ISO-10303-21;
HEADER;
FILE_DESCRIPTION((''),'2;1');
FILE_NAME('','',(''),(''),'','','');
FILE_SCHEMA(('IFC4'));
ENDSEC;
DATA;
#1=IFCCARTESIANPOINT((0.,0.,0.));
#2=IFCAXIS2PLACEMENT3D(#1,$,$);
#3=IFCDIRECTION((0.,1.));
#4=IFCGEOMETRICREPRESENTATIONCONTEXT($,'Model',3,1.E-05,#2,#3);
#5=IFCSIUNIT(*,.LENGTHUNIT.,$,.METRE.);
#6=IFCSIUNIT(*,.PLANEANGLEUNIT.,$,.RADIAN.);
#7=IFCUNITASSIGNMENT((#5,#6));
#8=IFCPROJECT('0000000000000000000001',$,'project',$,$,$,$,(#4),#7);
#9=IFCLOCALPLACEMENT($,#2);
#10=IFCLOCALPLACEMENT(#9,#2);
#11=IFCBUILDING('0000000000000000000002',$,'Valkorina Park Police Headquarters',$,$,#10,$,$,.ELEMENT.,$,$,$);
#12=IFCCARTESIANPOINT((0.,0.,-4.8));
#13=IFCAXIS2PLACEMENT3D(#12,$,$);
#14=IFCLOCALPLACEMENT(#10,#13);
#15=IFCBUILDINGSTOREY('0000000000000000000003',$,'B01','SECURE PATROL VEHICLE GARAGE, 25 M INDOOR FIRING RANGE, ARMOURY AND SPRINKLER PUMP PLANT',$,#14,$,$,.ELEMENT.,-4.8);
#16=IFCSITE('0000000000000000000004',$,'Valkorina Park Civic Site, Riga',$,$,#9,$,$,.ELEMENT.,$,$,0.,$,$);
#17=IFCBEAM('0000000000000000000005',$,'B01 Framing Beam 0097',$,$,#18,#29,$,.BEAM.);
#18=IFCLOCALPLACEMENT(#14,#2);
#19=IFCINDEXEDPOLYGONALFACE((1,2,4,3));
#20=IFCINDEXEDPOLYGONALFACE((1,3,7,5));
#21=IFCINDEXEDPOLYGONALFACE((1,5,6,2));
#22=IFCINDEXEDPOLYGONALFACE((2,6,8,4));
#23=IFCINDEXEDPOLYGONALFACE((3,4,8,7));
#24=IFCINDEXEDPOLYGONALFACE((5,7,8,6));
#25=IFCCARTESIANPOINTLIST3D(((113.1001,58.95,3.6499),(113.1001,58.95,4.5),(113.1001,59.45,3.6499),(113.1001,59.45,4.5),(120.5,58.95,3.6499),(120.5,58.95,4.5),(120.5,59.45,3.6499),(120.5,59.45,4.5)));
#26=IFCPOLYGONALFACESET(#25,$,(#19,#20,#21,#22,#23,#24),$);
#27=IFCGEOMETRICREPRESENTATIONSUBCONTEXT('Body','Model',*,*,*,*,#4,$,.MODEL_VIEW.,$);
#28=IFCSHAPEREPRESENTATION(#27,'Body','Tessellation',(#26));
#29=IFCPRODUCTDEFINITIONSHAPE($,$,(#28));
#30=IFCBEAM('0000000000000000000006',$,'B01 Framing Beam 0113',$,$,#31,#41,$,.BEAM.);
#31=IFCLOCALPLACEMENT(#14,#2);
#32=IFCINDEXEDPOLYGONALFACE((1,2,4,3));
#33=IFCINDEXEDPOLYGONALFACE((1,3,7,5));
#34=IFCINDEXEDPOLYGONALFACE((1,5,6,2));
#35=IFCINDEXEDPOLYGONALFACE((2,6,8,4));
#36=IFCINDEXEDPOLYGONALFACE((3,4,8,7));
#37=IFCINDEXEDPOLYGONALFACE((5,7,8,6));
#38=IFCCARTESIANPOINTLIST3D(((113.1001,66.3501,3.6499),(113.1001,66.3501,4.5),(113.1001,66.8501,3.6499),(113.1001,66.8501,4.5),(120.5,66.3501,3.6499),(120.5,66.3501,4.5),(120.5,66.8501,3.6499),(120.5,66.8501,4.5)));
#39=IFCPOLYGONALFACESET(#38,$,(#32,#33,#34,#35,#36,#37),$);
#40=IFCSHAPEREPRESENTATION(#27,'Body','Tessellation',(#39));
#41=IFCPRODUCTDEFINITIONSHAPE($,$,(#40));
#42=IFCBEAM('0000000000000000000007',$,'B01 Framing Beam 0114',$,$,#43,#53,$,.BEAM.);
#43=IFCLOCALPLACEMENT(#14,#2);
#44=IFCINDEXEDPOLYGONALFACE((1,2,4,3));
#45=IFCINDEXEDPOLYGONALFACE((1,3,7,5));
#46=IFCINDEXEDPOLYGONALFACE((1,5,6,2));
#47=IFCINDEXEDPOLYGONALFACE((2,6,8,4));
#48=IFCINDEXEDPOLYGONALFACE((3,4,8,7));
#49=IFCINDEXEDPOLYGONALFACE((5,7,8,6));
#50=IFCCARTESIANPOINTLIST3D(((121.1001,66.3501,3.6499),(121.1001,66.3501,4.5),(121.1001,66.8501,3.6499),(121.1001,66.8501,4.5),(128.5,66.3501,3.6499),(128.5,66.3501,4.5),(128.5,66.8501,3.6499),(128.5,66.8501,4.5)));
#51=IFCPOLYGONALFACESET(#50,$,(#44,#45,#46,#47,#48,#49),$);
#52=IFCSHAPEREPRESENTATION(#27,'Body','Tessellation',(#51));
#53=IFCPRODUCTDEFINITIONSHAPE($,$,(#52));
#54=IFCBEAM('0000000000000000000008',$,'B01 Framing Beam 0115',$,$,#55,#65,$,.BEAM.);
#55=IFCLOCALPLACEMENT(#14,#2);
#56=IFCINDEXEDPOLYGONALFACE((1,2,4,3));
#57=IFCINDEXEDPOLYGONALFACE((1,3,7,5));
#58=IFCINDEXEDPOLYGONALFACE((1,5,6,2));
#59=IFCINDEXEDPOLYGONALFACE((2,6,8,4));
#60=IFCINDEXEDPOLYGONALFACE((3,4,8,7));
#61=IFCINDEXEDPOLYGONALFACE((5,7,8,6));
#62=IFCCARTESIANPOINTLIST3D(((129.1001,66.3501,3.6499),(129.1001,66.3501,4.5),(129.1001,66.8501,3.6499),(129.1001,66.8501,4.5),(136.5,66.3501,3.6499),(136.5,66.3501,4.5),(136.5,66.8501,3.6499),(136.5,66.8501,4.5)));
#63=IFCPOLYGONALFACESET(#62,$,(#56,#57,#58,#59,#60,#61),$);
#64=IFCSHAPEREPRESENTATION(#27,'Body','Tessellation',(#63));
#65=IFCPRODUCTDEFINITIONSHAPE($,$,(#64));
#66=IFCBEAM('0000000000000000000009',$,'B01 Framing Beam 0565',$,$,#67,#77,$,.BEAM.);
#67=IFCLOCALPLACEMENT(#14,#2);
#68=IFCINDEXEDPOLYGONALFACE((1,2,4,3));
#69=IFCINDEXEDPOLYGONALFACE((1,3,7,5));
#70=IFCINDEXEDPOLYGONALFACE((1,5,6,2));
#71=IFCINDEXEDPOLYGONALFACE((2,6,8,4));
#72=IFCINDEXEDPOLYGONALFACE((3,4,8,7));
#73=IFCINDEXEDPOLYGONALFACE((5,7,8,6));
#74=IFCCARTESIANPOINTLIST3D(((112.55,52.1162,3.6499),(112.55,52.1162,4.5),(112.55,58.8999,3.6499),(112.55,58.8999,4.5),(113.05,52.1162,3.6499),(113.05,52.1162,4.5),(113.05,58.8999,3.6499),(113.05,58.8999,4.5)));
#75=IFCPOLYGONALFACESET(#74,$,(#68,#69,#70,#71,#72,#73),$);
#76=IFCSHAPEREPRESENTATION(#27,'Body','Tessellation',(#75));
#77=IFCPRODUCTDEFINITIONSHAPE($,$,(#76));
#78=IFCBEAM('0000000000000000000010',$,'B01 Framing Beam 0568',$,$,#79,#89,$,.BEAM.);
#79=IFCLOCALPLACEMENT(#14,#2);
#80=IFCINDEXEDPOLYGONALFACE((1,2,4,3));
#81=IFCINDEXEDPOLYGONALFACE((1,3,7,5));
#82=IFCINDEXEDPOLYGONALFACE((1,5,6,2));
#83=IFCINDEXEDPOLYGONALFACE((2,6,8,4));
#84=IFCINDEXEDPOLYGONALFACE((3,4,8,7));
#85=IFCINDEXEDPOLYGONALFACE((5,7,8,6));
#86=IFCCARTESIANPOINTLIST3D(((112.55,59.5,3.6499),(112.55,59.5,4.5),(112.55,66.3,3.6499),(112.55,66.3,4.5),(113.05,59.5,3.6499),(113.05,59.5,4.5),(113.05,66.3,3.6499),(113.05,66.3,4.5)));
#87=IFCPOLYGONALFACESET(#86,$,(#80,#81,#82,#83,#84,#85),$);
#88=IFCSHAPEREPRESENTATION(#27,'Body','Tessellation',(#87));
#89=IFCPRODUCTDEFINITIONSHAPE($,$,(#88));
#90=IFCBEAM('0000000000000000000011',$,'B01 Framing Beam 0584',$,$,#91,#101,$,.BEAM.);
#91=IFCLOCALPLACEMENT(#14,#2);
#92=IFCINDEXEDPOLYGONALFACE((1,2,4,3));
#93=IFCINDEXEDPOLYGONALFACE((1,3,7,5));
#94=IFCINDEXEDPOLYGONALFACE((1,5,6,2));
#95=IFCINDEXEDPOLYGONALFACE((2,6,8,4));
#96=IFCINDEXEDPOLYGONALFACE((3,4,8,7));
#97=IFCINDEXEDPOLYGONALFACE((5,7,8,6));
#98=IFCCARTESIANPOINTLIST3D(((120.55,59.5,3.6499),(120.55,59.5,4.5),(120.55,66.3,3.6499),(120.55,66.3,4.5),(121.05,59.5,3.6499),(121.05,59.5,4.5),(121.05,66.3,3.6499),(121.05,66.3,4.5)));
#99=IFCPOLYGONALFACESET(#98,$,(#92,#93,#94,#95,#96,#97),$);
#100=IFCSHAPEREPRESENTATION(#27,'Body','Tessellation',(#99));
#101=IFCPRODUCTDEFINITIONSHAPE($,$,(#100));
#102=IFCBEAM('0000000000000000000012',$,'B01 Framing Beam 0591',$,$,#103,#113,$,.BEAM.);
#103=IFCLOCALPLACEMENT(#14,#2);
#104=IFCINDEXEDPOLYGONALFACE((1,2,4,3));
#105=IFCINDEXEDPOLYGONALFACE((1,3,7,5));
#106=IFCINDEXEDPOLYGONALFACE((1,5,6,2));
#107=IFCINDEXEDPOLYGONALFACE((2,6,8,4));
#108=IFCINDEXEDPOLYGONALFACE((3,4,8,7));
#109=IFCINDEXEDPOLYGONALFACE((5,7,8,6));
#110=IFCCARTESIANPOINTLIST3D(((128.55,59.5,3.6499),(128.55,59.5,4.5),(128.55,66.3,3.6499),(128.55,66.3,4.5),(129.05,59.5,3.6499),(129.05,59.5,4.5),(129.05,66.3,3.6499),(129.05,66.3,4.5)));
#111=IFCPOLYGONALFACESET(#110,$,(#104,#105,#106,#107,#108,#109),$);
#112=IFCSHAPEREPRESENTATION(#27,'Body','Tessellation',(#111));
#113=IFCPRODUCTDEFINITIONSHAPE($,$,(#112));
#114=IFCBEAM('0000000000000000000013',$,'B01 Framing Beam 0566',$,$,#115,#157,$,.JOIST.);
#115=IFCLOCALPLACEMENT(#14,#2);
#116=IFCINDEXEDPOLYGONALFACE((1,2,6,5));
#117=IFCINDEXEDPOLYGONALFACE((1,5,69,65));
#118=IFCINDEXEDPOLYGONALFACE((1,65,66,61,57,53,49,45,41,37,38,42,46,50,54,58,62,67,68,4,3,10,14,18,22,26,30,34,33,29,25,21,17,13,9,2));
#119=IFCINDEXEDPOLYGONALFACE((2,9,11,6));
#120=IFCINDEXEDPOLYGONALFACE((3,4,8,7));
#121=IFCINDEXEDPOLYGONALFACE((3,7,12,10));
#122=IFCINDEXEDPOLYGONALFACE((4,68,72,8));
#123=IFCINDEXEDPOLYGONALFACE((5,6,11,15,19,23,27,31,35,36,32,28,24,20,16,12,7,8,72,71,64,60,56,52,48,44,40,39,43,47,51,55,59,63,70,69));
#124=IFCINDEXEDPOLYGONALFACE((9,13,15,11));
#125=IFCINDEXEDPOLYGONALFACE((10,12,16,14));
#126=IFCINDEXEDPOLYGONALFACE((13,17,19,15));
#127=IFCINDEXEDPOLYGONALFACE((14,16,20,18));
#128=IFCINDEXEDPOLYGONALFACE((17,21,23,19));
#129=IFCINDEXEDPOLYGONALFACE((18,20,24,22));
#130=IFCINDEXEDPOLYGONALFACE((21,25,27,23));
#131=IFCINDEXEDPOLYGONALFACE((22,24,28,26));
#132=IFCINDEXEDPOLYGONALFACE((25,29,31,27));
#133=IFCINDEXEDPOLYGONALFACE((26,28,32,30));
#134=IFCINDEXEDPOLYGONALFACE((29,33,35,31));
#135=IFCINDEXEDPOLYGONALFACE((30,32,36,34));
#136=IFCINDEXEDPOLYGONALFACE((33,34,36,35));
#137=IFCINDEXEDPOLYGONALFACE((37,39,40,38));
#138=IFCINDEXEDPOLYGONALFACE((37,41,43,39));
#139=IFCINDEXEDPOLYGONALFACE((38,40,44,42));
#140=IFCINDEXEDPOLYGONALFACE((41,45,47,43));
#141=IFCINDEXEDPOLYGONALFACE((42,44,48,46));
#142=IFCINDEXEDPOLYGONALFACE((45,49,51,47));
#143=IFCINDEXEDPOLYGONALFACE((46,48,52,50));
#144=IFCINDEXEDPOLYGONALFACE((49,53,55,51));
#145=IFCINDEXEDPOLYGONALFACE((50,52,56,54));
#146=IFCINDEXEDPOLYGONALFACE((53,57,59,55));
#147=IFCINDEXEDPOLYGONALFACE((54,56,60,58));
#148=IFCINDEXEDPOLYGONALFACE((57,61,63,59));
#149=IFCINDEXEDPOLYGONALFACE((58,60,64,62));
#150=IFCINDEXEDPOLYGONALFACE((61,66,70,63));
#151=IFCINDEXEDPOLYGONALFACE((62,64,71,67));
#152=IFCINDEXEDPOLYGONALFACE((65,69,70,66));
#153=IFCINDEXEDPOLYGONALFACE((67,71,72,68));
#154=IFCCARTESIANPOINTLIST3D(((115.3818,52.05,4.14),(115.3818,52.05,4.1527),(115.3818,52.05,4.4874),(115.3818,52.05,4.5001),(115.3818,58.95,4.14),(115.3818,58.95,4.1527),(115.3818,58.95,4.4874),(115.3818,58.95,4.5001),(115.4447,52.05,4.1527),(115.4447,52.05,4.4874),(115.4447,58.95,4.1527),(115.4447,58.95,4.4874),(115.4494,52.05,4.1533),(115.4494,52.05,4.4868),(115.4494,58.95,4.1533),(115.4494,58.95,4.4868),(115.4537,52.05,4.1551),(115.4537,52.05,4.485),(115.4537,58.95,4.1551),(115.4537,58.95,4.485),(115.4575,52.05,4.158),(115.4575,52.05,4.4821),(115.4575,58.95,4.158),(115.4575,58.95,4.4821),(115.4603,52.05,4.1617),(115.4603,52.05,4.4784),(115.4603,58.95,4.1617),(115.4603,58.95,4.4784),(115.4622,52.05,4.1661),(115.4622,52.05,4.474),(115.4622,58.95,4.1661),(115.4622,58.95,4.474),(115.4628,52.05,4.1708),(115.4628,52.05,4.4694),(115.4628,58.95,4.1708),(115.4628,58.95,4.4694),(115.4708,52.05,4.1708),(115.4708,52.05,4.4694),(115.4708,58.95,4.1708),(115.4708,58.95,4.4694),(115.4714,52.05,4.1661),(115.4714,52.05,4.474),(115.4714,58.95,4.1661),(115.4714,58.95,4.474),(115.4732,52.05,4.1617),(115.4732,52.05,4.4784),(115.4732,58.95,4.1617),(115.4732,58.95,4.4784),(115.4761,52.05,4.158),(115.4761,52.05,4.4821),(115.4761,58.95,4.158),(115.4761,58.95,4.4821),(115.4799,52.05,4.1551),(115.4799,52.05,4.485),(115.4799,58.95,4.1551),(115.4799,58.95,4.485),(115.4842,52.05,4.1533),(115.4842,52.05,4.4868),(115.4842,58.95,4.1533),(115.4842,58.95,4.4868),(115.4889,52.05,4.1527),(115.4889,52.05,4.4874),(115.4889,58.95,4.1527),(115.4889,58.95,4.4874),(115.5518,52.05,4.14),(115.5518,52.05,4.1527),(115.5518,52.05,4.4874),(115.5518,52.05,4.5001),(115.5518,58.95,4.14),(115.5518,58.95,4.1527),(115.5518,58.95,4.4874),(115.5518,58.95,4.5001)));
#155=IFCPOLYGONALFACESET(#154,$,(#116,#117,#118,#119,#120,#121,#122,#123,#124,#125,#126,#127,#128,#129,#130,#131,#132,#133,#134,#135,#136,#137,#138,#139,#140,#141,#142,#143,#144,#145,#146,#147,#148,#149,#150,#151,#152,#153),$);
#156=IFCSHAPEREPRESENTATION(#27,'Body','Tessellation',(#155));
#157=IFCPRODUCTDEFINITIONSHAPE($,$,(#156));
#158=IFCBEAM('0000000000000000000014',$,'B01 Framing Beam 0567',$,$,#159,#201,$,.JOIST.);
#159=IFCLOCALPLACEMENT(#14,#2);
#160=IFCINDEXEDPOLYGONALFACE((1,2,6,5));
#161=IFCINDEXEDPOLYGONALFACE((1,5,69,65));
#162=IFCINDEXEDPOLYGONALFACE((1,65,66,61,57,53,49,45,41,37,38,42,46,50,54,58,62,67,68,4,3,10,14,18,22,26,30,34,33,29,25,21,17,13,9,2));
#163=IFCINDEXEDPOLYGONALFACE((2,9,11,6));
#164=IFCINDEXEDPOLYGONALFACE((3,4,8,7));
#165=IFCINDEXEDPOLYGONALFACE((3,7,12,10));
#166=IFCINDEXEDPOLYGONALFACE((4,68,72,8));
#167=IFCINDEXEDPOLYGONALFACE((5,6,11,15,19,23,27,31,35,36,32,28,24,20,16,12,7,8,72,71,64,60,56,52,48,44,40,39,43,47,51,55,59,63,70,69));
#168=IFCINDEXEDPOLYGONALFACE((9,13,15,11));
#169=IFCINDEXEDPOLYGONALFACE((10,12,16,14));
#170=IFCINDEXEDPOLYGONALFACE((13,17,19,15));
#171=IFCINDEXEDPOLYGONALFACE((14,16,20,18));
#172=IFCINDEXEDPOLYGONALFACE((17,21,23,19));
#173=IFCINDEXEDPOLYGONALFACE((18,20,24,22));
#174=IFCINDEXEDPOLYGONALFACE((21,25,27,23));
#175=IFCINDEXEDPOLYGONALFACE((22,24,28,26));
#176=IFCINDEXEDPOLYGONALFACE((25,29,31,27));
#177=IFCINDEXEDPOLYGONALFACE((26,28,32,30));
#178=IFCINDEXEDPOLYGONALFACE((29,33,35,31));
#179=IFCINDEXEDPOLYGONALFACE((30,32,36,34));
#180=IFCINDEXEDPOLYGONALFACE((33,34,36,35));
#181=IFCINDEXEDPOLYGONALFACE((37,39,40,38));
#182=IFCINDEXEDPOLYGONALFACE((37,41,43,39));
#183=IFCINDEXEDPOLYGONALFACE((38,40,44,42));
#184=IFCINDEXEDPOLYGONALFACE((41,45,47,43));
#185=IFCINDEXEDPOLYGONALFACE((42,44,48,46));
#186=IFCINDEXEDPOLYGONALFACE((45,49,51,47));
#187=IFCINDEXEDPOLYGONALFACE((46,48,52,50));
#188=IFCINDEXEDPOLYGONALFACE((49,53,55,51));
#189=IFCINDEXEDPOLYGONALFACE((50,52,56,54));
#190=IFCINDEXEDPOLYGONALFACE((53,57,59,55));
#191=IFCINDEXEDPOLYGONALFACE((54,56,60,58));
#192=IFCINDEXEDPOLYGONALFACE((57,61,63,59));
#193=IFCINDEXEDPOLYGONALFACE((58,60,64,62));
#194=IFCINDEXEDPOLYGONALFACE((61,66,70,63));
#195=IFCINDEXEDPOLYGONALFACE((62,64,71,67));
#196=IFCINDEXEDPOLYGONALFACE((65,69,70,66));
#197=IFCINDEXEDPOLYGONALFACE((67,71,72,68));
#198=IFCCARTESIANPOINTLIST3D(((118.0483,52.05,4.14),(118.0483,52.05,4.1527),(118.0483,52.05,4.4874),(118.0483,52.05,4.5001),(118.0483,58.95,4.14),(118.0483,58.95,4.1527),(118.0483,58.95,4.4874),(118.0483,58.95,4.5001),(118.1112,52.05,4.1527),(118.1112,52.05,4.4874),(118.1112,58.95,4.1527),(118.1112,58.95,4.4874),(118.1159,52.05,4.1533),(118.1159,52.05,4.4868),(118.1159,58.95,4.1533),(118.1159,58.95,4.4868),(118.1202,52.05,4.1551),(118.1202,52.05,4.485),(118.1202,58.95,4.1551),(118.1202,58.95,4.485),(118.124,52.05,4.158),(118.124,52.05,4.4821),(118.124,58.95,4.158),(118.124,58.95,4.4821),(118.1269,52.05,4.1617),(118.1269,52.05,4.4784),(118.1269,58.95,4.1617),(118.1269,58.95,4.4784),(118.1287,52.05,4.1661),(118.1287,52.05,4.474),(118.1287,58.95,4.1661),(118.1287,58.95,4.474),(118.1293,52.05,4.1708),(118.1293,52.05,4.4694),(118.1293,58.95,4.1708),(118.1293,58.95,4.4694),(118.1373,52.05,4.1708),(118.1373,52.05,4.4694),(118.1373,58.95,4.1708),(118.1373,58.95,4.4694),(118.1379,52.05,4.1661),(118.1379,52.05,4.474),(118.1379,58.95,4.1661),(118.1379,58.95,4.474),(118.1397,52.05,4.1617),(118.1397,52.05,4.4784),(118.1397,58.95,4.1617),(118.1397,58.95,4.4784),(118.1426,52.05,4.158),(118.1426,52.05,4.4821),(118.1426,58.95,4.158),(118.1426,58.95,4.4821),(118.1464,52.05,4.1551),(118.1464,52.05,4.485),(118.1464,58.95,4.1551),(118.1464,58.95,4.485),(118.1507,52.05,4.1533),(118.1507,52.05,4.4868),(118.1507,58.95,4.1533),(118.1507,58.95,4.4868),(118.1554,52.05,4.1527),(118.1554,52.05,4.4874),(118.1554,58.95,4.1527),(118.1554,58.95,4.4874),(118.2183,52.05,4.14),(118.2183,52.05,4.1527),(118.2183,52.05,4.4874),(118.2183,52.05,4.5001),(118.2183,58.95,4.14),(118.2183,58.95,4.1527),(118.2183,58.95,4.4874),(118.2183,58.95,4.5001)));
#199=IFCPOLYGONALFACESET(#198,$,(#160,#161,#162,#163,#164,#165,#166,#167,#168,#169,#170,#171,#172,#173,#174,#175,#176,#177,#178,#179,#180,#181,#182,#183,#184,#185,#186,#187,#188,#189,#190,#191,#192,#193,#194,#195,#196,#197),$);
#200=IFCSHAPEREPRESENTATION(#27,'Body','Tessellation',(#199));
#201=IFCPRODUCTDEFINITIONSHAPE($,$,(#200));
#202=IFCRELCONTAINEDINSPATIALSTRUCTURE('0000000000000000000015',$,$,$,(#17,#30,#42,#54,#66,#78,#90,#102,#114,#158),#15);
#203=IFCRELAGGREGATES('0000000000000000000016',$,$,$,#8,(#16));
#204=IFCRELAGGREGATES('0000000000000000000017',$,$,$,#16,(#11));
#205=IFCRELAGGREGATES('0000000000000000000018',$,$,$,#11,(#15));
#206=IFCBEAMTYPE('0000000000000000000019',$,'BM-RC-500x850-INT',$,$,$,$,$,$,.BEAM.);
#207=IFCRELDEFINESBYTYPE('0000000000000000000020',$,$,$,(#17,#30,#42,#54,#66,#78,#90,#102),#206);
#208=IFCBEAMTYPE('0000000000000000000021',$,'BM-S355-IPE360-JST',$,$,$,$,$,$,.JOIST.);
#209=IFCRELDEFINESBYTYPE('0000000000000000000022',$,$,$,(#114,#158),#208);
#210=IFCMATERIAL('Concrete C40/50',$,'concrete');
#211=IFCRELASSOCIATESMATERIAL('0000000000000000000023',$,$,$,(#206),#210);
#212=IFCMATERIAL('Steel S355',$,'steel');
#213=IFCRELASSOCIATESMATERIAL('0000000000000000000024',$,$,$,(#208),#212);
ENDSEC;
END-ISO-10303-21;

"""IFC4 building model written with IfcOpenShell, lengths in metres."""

from ifc_helpers import new_model, si_unit, direction, frame, origin, origin_2d, place, context, subcontext, project, spatial, rectangle, i_section, extrude, material, material_profile, profile_set, type_object, element, save


model = new_model("IFC4")

# Units and contexts
model_context = context("Model", 3, precision=1e-05, world=origin(), true_north=direction((0.0, 1.0)))
body_context = subcontext(model_context, "Body", "Model", "MODEL_VIEW")
ifc_project = project(units=[si_unit("LENGTHUNIT", "METRE"), si_unit("PLANEANGLEUNIT", "RADIAN")], contexts=[model_context])

# Site, building, storey
site_placement = place(None, origin())
site = spatial("IfcSite", under=ifc_project, at=site_placement, Name="Valkorina Park Civic Site, Riga", CompositionType="ELEMENT", RefElevation=0.0)
building_placement = place(site_placement, origin())
building = spatial("IfcBuilding", under=site, at=building_placement, Name="Valkorina Park Police Headquarters", CompositionType="ELEMENT")
storey_placement = place(building_placement, frame((0.0, 0.0, -4.8)))
storey = spatial("IfcBuildingStorey", under=building, at=storey_placement, Name="B01", Description="SECURE PATROL VEHICLE GARAGE, 25 M INDOOR FIRING RANGE, ARMOURY AND SPRINKLER PUMP PLANT", CompositionType="ELEMENT", Elevation=-4.8)

# Shared definitions
ifc_material_1 = material(Name="Concrete C40/50", Category="concrete")

# Beams
ifc_material_profile_1 = material_profile(ifc_material_1, rectangle(XDim=0.5, YDim=0.8501, at=origin_2d()), Name="RC BEAM 500x850")
ifc_profile_set_1 = profile_set([ifc_material_profile_1], Name="Concrete C40/50")
beam_type_1 = type_object("IfcBeamType", Name="BM-RC-500x850-INT", PredefinedType="BEAM", material=ifc_profile_set_1)
for number, where, z_axis, x_axis, name in (
    (1, (113.1001, 59.2, 4.075), (1.0, 0.0, 0.0), (0.0, 1.0, 0.0), "B01 Framing Beam 0097"),
    (2, (113.1001, 66.6001, 4.075), (1.0, 0.0, 0.0), (0.0, 1.0, 0.0), "B01 Framing Beam 0113"),
    (3, (121.1001, 66.6001, 4.075), (1.0, 0.0, 0.0), (0.0, 1.0, 0.0), "B01 Framing Beam 0114"),
    (4, (129.1001, 66.6001, 4.075), (1.0, 0.0, 0.0), (0.0, 1.0, 0.0), "B01 Framing Beam 0115"),
):
    element("IfcBeam", number, at=place(storey_placement, frame(where, z_axis=z_axis, x_axis=x_axis)), inside=storey, type_object=beam_type_1, Name=name, PredefinedType="BEAM", context=body_context, shape_type="SweptSolid", body=[
        extrude(rectangle(XDim=0.5, YDim=0.8501, at=origin_2d()), origin(), (0.0, 0.0, 1.0), 7.3999),
    ])
beam_1_placement = place(storey_placement, frame((112.8, 52.1162, 4.075), z_axis=(0.0, 1.0, 0.0), x_axis=(-1.0, 0.0, 0.0)))
element("IfcBeam", 5, at=beam_1_placement, inside=storey, type_object=beam_type_1, Name="B01 Framing Beam 0565", PredefinedType="BEAM", context=body_context, shape_type="SweptSolid", body=[
    extrude(rectangle(XDim=0.5, YDim=0.8501, at=origin_2d()), origin(), (0.0, 0.0, 1.0), 6.7837),
])
for number, where, z_axis, x_axis, name in (
    (6, (112.8, 59.5, 4.075), (0.0, 1.0, 0.0), (-1.0, 0.0, 0.0), "B01 Framing Beam 0568"),
    (7, (120.8, 59.5, 4.075), (0.0, 1.0, 0.0), (-1.0, 0.0, 0.0), "B01 Framing Beam 0584"),
    (8, (128.8, 59.5, 4.075), (0.0, 1.0, 0.0), (-1.0, 0.0, 0.0), "B01 Framing Beam 0591"),
):
    element("IfcBeam", number, at=place(storey_placement, frame(where, z_axis=z_axis, x_axis=x_axis)), inside=storey, type_object=beam_type_1, Name=name, PredefinedType="BEAM", context=body_context, shape_type="SweptSolid", body=[
        extrude(rectangle(XDim=0.5, YDim=0.8501, at=origin_2d()), origin(), (0.0, 0.0, 1.0), 6.8),
    ])
ifc_material_2 = material(Name="Steel S355", Category="steel")
ifc_material_profile_2 = material_profile(ifc_material_2, i_section(OverallWidth=0.1699, OverallDepth=0.3601, WebThickness=0.0081, FlangeThickness=0.0127, FilletRadius=0.0181, at=origin_2d()), Name="IPE 360")
ifc_profile_set_2 = profile_set([ifc_material_profile_2], Name="Steel S355")
beam_type_2 = type_object("IfcBeamType", Name="BM-S355-IPE360-JST", PredefinedType="JOIST", material=ifc_profile_set_2)
for number, where, z_axis, x_axis, name in (
    (9, (115.4668, 52.05, 4.3201), (0.0, 1.0, 0.0), (-1.0, 0.0, 0.0), "B01 Framing Beam 0566"),
    (10, (118.1333, 52.05, 4.3201), (0.0, 1.0, 0.0), (-1.0, 0.0, 0.0), "B01 Framing Beam 0567"),
):
    element("IfcBeam", number, at=place(storey_placement, frame(where, z_axis=z_axis, x_axis=x_axis)), inside=storey, type_object=beam_type_2, Name=name, PredefinedType="JOIST", context=body_context, shape_type="SweptSolid", body=[
        extrude(i_section(OverallWidth=0.1699, OverallDepth=0.3601, WebThickness=0.0081, FlangeThickness=0.0127, FilletRadius=0.0181, at=origin_2d()), origin(), (0.0, 0.0, 1.0), 6.8999),
    ])

save(model, "model.ifc")
